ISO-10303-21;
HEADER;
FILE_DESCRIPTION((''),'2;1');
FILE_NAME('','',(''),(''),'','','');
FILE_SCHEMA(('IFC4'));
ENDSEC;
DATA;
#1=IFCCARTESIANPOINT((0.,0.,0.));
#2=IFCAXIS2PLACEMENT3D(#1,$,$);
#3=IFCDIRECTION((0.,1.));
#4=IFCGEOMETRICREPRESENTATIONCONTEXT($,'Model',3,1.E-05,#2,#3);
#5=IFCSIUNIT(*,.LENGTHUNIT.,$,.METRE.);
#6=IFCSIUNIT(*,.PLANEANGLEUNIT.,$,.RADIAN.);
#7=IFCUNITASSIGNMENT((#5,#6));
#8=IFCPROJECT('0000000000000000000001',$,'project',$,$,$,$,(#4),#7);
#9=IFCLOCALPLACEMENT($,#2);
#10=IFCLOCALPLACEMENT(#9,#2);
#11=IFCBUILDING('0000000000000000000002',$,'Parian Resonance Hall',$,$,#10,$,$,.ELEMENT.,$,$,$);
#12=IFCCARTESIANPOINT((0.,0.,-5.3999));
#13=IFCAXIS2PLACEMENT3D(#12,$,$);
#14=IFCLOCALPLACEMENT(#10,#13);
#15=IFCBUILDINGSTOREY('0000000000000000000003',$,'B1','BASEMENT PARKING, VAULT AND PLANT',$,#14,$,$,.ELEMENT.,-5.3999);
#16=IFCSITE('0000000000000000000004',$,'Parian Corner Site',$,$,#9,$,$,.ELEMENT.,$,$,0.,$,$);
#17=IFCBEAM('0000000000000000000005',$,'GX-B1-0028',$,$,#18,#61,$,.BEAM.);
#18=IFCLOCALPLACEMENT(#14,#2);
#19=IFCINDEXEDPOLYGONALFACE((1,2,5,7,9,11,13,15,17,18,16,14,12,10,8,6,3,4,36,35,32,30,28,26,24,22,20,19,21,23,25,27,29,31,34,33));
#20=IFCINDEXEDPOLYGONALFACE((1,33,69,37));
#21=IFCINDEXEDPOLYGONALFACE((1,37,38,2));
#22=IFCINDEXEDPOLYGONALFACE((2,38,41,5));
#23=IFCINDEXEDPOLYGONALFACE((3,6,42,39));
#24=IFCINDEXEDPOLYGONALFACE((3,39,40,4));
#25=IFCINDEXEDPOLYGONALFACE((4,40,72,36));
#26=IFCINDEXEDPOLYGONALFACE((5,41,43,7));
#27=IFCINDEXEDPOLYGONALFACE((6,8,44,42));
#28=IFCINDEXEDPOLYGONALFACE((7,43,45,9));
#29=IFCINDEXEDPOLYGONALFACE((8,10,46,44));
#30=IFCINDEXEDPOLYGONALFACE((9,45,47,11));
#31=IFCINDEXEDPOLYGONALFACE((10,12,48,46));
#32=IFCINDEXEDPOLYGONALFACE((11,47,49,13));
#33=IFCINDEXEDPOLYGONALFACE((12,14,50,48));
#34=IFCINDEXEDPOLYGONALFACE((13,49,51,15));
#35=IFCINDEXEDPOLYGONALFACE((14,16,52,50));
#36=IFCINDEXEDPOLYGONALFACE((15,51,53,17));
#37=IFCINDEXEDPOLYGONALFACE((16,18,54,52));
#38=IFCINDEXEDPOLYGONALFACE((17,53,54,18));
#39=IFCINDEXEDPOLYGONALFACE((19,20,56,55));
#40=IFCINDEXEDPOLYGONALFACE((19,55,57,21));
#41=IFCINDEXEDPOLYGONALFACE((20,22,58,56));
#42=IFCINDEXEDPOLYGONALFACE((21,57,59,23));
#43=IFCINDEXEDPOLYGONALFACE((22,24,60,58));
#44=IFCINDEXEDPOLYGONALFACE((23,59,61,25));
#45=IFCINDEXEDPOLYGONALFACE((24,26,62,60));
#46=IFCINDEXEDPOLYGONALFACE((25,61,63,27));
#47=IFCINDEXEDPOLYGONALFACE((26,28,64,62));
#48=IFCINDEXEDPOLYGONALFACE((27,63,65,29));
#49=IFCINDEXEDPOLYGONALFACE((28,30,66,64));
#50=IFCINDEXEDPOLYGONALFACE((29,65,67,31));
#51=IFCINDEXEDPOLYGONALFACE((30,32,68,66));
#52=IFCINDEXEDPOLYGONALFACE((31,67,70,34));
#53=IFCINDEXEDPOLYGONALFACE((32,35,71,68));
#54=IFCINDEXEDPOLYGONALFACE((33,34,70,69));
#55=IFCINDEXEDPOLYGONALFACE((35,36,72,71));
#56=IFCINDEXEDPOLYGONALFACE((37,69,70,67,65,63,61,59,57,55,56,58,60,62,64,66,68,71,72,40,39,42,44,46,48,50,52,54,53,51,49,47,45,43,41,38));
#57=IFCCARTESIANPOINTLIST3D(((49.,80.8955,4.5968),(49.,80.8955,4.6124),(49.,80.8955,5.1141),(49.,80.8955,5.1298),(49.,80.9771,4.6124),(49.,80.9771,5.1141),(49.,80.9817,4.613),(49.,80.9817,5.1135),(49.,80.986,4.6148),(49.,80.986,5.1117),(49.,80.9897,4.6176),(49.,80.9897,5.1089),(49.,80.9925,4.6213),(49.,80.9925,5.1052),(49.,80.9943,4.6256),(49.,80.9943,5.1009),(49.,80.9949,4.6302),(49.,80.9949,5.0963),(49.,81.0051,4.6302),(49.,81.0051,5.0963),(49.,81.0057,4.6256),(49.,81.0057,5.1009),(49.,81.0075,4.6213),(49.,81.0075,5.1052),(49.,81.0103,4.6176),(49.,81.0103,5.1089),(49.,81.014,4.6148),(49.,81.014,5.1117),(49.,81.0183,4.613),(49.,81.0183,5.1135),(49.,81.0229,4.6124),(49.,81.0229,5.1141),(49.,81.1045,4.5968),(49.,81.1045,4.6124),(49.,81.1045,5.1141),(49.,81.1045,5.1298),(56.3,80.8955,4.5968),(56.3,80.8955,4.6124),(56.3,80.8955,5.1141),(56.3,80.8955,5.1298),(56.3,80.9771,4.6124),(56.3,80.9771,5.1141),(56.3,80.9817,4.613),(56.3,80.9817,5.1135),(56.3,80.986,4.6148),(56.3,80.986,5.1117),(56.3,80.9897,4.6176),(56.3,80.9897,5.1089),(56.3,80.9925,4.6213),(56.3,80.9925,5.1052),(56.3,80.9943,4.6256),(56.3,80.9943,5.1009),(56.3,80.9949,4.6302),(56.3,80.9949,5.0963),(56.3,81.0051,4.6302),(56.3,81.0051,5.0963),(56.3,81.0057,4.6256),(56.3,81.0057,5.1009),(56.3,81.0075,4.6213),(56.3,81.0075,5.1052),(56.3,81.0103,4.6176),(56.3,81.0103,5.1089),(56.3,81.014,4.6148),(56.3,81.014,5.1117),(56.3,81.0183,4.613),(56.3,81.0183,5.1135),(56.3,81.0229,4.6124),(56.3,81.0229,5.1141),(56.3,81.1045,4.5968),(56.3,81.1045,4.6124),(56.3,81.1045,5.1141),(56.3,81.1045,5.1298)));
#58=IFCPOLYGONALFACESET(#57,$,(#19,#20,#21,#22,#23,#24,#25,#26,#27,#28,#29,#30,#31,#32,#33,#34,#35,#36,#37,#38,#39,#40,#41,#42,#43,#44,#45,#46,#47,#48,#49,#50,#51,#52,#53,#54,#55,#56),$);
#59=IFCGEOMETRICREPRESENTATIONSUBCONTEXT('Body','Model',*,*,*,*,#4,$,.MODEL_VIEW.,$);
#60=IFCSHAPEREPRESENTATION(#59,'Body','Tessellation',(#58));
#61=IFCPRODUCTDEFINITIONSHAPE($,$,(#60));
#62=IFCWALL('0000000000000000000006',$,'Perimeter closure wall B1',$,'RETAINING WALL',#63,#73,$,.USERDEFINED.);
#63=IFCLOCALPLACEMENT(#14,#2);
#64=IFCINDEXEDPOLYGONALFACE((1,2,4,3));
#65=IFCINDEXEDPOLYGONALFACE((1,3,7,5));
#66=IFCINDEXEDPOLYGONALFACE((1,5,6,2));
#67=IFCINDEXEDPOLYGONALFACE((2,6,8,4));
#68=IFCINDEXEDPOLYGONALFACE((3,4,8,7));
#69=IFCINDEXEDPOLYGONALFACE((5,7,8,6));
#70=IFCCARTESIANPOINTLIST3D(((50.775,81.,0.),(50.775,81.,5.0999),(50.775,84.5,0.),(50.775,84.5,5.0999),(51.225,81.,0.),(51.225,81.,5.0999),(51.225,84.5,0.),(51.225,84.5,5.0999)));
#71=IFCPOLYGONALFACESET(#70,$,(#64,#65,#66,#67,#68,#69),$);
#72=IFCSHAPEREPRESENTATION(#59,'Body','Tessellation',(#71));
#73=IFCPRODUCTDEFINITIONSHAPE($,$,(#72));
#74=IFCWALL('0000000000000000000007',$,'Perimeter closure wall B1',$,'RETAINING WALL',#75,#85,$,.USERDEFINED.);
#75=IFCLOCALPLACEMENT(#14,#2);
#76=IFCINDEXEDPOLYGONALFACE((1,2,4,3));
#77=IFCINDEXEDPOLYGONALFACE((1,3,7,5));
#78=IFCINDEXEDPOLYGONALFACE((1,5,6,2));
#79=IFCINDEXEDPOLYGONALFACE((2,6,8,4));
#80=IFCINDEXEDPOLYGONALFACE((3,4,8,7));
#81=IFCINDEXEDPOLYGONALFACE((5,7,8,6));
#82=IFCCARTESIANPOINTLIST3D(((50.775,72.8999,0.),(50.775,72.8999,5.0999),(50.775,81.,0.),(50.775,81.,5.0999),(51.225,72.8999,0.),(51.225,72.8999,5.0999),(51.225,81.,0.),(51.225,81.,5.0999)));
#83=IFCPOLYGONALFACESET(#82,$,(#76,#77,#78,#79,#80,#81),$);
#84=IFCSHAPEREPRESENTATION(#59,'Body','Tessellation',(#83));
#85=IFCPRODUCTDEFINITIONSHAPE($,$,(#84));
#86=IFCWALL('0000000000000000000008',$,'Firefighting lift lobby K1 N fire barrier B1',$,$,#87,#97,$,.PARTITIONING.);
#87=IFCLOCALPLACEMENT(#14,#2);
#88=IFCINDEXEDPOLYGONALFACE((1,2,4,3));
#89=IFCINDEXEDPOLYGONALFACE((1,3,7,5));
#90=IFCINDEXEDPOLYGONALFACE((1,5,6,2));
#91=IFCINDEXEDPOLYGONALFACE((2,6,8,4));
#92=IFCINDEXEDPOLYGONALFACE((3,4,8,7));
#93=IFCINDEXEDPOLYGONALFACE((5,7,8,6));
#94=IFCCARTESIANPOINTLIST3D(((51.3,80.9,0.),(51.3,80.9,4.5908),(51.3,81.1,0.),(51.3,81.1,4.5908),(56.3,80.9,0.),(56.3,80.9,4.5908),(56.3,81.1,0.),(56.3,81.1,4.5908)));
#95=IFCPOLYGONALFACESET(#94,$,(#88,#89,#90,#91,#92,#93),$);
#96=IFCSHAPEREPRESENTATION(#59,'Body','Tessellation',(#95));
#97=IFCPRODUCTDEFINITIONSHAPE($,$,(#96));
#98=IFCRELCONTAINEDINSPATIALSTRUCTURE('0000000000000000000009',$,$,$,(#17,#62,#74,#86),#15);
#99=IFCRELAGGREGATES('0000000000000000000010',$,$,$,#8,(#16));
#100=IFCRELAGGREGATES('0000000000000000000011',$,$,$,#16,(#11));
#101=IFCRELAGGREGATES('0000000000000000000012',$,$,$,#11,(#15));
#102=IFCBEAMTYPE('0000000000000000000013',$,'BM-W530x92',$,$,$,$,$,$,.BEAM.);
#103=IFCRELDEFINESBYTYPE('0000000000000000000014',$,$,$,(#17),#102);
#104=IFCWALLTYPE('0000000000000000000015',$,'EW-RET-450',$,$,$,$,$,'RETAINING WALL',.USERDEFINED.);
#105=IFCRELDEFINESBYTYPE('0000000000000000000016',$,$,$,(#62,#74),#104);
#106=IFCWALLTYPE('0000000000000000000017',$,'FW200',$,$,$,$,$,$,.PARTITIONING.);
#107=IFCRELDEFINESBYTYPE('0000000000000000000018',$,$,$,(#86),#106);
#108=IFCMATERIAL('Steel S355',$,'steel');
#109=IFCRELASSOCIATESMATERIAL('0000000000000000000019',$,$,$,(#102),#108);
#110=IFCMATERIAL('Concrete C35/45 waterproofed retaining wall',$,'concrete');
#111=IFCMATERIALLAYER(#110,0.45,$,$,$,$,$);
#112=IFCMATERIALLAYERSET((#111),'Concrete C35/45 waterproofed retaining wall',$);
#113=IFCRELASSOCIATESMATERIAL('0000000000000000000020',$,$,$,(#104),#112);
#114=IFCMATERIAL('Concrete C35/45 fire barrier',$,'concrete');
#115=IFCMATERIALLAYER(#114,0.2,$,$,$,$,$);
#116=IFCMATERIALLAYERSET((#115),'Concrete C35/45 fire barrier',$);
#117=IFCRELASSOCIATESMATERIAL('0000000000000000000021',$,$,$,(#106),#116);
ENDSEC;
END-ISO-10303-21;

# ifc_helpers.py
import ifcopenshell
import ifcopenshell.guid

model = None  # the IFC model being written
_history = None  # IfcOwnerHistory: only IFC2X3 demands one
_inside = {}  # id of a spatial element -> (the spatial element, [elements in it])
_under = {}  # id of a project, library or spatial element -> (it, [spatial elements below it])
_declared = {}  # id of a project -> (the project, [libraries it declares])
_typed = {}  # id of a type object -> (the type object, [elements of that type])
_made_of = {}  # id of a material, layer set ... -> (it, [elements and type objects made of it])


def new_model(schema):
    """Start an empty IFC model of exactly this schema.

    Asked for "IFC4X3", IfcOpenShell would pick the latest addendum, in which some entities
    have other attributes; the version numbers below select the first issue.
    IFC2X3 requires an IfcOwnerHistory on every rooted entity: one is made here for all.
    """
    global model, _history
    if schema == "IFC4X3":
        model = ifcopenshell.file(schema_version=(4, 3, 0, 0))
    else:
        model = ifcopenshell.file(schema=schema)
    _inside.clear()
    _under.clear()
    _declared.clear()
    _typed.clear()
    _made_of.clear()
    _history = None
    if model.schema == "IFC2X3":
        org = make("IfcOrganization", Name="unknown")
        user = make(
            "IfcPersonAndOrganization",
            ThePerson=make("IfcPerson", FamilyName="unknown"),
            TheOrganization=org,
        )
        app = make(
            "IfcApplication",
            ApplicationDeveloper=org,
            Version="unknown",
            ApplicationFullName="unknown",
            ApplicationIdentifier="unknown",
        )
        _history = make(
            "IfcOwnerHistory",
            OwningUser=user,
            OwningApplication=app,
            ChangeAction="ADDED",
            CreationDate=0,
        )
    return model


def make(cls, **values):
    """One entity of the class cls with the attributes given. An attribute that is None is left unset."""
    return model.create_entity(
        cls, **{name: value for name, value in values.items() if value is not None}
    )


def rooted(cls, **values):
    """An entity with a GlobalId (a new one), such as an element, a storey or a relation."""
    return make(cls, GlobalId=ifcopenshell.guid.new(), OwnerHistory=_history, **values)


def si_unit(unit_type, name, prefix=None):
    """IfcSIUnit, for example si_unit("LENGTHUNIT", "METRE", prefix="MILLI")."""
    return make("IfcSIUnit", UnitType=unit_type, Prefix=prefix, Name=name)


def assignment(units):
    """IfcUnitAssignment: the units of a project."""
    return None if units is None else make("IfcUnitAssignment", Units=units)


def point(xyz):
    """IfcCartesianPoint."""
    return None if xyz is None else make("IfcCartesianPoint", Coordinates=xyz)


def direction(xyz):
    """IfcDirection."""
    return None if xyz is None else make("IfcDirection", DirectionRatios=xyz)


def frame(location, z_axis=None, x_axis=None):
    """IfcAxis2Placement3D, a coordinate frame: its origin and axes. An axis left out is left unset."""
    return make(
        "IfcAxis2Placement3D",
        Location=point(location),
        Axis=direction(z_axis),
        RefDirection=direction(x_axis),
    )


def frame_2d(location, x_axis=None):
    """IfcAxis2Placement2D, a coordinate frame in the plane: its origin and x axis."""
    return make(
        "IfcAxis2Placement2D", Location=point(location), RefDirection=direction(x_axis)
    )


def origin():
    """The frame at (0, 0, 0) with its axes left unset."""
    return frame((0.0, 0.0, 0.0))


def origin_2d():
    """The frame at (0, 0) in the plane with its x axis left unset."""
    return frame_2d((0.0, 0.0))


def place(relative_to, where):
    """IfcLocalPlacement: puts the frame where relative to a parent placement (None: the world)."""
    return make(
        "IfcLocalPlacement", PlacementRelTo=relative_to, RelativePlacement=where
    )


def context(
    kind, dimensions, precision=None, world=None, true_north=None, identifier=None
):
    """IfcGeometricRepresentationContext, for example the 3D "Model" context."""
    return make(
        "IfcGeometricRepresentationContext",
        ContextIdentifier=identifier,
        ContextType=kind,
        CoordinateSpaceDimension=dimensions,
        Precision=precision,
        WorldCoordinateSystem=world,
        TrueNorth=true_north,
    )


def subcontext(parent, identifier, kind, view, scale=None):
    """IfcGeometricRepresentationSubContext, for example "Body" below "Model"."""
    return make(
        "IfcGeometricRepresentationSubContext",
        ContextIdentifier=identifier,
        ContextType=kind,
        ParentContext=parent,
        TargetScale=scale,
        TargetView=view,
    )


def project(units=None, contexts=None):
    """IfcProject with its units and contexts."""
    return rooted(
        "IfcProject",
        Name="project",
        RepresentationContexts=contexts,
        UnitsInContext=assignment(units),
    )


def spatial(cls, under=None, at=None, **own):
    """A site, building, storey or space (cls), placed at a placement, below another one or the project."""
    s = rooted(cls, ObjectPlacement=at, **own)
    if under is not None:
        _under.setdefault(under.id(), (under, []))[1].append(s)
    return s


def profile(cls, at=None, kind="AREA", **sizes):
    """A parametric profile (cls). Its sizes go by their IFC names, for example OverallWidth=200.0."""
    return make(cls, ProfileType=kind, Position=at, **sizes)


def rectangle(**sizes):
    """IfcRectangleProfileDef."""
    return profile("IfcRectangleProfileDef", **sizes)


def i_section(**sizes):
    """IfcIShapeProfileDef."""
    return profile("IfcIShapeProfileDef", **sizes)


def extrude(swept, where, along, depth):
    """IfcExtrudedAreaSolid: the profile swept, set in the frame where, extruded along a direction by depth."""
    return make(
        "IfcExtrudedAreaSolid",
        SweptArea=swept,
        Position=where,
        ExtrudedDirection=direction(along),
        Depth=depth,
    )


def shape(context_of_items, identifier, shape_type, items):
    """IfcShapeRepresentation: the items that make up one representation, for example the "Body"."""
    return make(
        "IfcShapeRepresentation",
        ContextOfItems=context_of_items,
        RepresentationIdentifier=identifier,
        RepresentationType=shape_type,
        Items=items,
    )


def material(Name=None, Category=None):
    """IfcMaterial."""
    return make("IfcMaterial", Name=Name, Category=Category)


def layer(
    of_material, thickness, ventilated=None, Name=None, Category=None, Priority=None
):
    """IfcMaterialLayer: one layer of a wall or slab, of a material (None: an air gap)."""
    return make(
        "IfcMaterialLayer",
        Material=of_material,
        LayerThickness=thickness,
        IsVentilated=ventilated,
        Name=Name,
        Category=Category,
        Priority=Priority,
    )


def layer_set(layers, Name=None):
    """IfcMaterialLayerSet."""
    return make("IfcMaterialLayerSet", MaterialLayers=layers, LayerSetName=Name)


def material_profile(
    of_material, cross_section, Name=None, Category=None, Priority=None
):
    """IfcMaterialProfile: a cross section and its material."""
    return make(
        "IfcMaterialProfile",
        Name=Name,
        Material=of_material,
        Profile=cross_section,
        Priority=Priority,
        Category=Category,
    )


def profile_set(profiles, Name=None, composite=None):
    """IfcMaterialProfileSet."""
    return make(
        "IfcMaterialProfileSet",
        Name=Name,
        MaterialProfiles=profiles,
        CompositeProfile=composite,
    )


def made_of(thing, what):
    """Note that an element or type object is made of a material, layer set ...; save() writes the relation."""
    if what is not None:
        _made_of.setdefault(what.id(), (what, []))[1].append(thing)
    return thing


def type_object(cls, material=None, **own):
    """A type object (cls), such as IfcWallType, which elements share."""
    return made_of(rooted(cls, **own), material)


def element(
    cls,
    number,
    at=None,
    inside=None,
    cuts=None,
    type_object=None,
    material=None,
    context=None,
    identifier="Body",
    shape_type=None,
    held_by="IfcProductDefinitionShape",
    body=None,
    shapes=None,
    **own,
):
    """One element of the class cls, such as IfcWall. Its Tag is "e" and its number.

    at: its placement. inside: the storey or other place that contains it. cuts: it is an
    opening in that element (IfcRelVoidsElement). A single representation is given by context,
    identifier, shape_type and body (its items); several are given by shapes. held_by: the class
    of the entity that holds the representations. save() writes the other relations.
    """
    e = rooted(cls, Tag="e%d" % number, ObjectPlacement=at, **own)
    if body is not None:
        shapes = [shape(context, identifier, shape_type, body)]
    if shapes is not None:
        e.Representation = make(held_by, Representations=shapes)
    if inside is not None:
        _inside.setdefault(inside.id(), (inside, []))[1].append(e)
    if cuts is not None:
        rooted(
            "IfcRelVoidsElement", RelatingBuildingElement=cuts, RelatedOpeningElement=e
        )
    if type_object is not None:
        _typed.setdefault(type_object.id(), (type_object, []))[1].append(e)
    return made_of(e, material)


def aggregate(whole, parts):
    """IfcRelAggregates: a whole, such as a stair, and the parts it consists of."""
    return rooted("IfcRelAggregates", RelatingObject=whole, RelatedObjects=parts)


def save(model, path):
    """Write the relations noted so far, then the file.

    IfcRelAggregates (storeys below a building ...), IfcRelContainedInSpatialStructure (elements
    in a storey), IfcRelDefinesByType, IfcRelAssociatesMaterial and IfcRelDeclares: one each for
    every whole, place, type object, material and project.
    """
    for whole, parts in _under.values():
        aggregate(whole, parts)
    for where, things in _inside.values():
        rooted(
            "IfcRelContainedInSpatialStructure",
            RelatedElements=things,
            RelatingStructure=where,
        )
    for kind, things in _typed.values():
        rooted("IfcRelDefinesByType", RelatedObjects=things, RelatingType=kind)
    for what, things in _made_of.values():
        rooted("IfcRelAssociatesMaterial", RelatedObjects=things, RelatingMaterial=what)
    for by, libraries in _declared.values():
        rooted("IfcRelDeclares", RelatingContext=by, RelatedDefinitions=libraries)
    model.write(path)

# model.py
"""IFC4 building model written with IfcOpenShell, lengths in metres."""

from ifc_helpers import new_model, si_unit, direction, frame, frame_2d, origin, origin_2d, place, context, subcontext, project, spatial, rectangle, i_section, extrude, material, layer, layer_set, material_profile, profile_set, type_object, element, save


model = new_model("IFC4")

# Units and contexts
model_context = context("Model", 3, precision=1e-05, world=origin(), true_north=direction((0.0, 1.0)))
body_context = subcontext(model_context, "Body", "Model", "MODEL_VIEW")
ifc_project = project(units=[si_unit("LENGTHUNIT", "METRE"), si_unit("PLANEANGLEUNIT", "RADIAN")], contexts=[model_context])

# Site, building, storey
site_placement = place(None, origin())
site = spatial("IfcSite", under=ifc_project, at=site_placement, Name="Parian Corner Site", CompositionType="ELEMENT", RefElevation=0.0)
building_placement = place(site_placement, origin())
building = spatial("IfcBuilding", under=site, at=building_placement, Name="Parian Resonance Hall", CompositionType="ELEMENT")
storey_placement = place(building_placement, frame((0.0, 0.0, -5.3999)))
storey = spatial("IfcBuildingStorey", under=building, at=storey_placement, Name="B1", Description="BASEMENT PARKING, VAULT AND PLANT", CompositionType="ELEMENT", Elevation=-5.3999)

# Beam
ifc_material_1 = material(Name="Steel S355", Category="steel")
ifc_material_profile_1 = material_profile(ifc_material_1, i_section(OverallWidth=0.209, OverallDepth=0.533, WebThickness=0.0103, FlangeThickness=0.0156, FilletRadius=0.0178, at=origin_2d()), Name="W530x92")
ifc_profile_set_1 = profile_set([ifc_material_profile_1], Name="Steel S355")
beam_type_1 = type_object("IfcBeamType", Name="BM-W530x92", PredefinedType="BEAM", material=ifc_profile_set_1)
beam_1_placement = place(storey_placement, frame((49.0, 81.0, 4.8633), z_axis=(1.0, 0.0, 0.0), x_axis=(0.0, 1.0, 0.0)))
element("IfcBeam", 1, at=beam_1_placement, inside=storey, type_object=beam_type_1, Name="GX-B1-0028", PredefinedType="BEAM", context=body_context, shape_type="SweptSolid", body=[
    extrude(i_section(OverallWidth=0.209, OverallDepth=0.533, WebThickness=0.0103, FlangeThickness=0.0156, FilletRadius=0.0178, at=origin_2d()), origin(), (0.0, 0.0, 1.0), 7.3),
])

# Walls
ifc_material_2 = material(Name="Concrete C35/45 waterproofed retaining wall", Category="concrete")
ifc_layer_1 = layer(ifc_material_2, 0.45)
ifc_layer_set_1 = layer_set([ifc_layer_1], Name="Concrete C35/45 waterproofed retaining wall")
wall_type_1 = type_object("IfcWallType", Name="EW-RET-450", ElementType="RETAINING WALL", PredefinedType="USERDEFINED", material=ifc_layer_set_1)
wall_1_placement = place(storey_placement, frame((51.0, 84.5, 0.0), z_axis=(0.0, 0.0, 1.0), x_axis=(0.0, -1.0, 0.0)))
element("IfcWall", 2, at=wall_1_placement, inside=storey, type_object=wall_type_1, Name="Perimeter closure wall B1", ObjectType="RETAINING WALL", PredefinedType="USERDEFINED", context=body_context, shape_type="SweptSolid", body=[
    extrude(rectangle(XDim=3.5, YDim=0.45, at=frame_2d((1.75, 0.0))), origin(), (0.0, 0.0, 1.0), 5.0999),
])
wall_2_placement = place(storey_placement, frame((51.0, 81.0, 0.0), z_axis=(0.0, 0.0, 1.0), x_axis=(0.0, -1.0, 0.0)))
element("IfcWall", 3, at=wall_2_placement, inside=storey, type_object=wall_type_1, Name="Perimeter closure wall B1", ObjectType="RETAINING WALL", PredefinedType="USERDEFINED", context=body_context, shape_type="SweptSolid", body=[
    extrude(rectangle(XDim=8.1001, YDim=0.45, at=frame_2d((4.05, 0.0))), origin(), (0.0, 0.0, 1.0), 5.0999),
])
ifc_material_3 = material(Name="Concrete C35/45 fire barrier", Category="concrete")
ifc_layer_2 = layer(ifc_material_3, 0.2)
ifc_layer_set_2 = layer_set([ifc_layer_2], Name="Concrete C35/45 fire barrier")
wall_type_2 = type_object("IfcWallType", Name="FW200", PredefinedType="PARTITIONING", material=ifc_layer_set_2)
wall_3_placement = place(storey_placement, frame((51.3, 81.0, 0.0), z_axis=(0.0, 0.0, 1.0), x_axis=(1.0, 0.0, 0.0)))
element("IfcWall", 4, at=wall_3_placement, inside=storey, type_object=wall_type_2, Name="Firefighting lift lobby K1 N fire barrier B1", PredefinedType="PARTITIONING", context=body_context, shape_type="SweptSolid", body=[
    extrude(rectangle(XDim=5.0, YDim=0.2, at=frame_2d((2.5, 0.0))), origin(), (0.0, 0.0, 1.0), 4.5908),
])

save(model, "model.ifc")
